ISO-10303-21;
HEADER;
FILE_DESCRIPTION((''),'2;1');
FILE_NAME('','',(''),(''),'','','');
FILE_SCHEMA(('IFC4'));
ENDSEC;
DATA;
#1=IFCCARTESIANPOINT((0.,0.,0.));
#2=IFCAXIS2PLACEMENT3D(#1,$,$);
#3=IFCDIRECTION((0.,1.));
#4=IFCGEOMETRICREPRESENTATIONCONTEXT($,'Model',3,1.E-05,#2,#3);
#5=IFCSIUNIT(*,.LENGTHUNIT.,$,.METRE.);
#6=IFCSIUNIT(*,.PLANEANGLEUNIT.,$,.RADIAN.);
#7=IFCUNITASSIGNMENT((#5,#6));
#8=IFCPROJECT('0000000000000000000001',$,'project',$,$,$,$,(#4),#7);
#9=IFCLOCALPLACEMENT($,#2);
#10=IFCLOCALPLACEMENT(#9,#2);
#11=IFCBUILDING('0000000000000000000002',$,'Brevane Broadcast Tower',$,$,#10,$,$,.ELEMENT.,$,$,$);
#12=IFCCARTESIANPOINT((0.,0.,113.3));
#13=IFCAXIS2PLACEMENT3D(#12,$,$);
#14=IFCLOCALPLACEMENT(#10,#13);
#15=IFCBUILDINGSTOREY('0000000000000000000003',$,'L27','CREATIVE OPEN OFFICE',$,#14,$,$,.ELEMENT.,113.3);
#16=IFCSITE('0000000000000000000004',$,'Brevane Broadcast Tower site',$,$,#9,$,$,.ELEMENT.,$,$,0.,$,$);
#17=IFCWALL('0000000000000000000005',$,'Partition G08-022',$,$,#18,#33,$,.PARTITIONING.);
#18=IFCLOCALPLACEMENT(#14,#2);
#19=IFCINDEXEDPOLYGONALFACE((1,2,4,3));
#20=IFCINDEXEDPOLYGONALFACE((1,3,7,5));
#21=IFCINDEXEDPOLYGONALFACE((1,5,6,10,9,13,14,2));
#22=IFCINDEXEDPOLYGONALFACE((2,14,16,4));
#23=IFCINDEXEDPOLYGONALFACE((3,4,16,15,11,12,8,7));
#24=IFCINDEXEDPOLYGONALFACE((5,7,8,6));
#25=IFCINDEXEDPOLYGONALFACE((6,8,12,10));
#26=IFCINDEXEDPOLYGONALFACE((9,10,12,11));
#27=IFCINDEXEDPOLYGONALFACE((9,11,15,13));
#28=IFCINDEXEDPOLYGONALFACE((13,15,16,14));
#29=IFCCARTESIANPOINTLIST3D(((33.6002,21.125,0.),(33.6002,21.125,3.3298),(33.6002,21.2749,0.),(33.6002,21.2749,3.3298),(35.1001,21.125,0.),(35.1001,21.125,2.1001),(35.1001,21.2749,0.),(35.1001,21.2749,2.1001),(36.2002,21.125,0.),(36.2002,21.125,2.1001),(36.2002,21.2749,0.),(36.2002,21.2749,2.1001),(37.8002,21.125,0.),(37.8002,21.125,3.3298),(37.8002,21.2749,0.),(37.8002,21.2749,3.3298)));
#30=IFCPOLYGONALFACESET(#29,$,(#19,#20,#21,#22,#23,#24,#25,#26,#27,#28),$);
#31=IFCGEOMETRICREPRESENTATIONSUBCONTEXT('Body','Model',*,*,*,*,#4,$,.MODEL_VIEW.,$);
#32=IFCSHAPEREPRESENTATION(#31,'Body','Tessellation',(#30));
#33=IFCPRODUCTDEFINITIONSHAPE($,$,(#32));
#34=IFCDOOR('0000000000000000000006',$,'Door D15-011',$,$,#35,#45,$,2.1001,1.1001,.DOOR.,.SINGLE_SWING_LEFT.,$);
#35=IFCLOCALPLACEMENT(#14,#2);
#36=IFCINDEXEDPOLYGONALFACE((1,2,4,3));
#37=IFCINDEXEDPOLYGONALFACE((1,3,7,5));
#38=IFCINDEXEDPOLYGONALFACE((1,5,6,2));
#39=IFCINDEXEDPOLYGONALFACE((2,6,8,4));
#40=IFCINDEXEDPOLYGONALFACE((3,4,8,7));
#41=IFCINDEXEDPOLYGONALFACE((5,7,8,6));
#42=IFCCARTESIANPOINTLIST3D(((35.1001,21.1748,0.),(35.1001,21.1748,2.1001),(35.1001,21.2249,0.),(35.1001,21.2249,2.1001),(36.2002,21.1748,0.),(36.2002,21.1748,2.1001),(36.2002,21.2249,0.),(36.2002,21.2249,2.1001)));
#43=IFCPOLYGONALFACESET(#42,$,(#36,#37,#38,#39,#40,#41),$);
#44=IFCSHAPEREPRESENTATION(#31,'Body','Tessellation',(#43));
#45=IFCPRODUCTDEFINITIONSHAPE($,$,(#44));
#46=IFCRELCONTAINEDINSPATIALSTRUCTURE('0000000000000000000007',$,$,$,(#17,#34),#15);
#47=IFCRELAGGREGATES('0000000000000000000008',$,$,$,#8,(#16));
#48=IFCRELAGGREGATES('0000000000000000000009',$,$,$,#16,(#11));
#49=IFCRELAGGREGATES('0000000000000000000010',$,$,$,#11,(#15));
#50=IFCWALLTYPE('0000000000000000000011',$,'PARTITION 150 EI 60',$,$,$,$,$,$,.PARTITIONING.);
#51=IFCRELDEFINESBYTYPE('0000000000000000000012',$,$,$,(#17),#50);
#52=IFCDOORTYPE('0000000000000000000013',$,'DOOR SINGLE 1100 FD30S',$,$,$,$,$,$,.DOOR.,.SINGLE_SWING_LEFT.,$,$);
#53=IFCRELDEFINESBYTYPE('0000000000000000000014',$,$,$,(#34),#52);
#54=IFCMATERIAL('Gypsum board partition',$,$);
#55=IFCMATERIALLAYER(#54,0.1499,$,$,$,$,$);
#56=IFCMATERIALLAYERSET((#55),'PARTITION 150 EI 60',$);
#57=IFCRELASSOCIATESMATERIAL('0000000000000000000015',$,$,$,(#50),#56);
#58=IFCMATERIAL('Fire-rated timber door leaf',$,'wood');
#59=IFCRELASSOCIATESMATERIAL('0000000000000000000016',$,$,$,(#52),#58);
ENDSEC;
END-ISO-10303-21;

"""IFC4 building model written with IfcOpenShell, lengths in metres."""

from ifc_helpers import new_model, si_unit, direction, frame, frame_2d, origin, place, context, subcontext, project, spatial, rectangle, extrude, material, layer, layer_set, type_object, element, fill, save


model = new_model("IFC4")

# Units and contexts
model_context = context("Model", 3, precision=1e-05, world=origin(), true_north=direction((0.0, 1.0)))
body_context = subcontext(model_context, "Body", "Model", "MODEL_VIEW")
ifc_project = project(units=[si_unit("LENGTHUNIT", "METRE"), si_unit("PLANEANGLEUNIT", "RADIAN")], contexts=[model_context])

# Site, building, storey
site_placement = place(None, origin())
site = spatial("IfcSite", under=ifc_project, at=site_placement, Name="Brevane Broadcast Tower site", CompositionType="ELEMENT", RefElevation=0.0)
building_placement = place(site_placement, origin())
building = spatial("IfcBuilding", under=site, at=building_placement, Name="Brevane Broadcast Tower", CompositionType="ELEMENT")
storey_placement = place(building_placement, frame((0.0, 0.0, 113.3)))
storey = spatial("IfcBuildingStorey", under=building, at=storey_placement, Name="L27", Description="CREATIVE OPEN OFFICE", CompositionType="ELEMENT", Elevation=113.3)

# Shared definitions
ifc_material_1 = material(Name="Gypsum board partition")

# Wall, opening, door
ifc_layer_1 = layer(ifc_material_1, 0.1499)
ifc_layer_set_1 = layer_set([ifc_layer_1], Name="PARTITION 150 EI 60")
wall_type_1 = type_object("IfcWallType", Name="PARTITION 150 EI 60", PredefinedType="PARTITIONING", material=ifc_layer_set_1)
wall_1_placement = place(storey_placement, frame((33.6001, 21.2, 0.0), z_axis=(0.0, 0.0, 1.0), x_axis=(1.0, 0.0, 0.0)))
wall_1 = element("IfcWall", 1, at=wall_1_placement, inside=storey, type_object=wall_type_1, Name="Partition G08-022", PredefinedType="PARTITIONING", context=body_context, shape_type="SweptSolid", body=[
    extrude(rectangle(XDim=4.2, YDim=0.1499, at=frame_2d((2.1001, 0.0))), origin(), (0.0, 0.0, 1.0), 3.3298),
])
opening_placement = place(wall_1_placement, frame((1.5, 0.0, 0.0)))
opening = element("IfcOpeningElement", 2, at=opening_placement, cuts=wall_1, PredefinedType="OPENING", context=body_context, shape_type="SweptSolid", body=[
    extrude(rectangle(XDim=1.1001, YDim=2.1001, at=frame_2d((0.55, 1.05))), frame((0.0, 0.085, 0.0), z_axis=(0.0, -1.0, 0.0), x_axis=(1.0, 0.0, 0.0)), (0.0, 0.0, 1.0), 0.1699),
])
ifc_material_2 = material(Name="Fire-rated timber door leaf", Category="wood")
door_type = type_object("IfcDoorType", Name="DOOR SINGLE 1100 FD30S", OperationType="SINGLE_SWING_LEFT", PredefinedType="DOOR", material=ifc_material_2)
door_placement = place(opening_placement, origin())
door = element("IfcDoor", 3, at=door_placement, inside=storey, type_object=door_type, Name="Door D15-011", OperationType="SINGLE_SWING_LEFT", OverallHeight=2.1001, OverallWidth=1.1001, PredefinedType="DOOR", context=body_context, shape_type="SweptSolid", body=[
    extrude(rectangle(XDim=1.1001, YDim=2.1001, at=frame_2d((0.55, 1.05))), frame((0.0, 0.0249, 0.0), z_axis=(0.0, -1.0, 0.0), x_axis=(1.0, 0.0, 0.0)), (0.0, 0.0, 1.0), 0.05),
])
fill(opening, door)

save(model, "model.ifc")
